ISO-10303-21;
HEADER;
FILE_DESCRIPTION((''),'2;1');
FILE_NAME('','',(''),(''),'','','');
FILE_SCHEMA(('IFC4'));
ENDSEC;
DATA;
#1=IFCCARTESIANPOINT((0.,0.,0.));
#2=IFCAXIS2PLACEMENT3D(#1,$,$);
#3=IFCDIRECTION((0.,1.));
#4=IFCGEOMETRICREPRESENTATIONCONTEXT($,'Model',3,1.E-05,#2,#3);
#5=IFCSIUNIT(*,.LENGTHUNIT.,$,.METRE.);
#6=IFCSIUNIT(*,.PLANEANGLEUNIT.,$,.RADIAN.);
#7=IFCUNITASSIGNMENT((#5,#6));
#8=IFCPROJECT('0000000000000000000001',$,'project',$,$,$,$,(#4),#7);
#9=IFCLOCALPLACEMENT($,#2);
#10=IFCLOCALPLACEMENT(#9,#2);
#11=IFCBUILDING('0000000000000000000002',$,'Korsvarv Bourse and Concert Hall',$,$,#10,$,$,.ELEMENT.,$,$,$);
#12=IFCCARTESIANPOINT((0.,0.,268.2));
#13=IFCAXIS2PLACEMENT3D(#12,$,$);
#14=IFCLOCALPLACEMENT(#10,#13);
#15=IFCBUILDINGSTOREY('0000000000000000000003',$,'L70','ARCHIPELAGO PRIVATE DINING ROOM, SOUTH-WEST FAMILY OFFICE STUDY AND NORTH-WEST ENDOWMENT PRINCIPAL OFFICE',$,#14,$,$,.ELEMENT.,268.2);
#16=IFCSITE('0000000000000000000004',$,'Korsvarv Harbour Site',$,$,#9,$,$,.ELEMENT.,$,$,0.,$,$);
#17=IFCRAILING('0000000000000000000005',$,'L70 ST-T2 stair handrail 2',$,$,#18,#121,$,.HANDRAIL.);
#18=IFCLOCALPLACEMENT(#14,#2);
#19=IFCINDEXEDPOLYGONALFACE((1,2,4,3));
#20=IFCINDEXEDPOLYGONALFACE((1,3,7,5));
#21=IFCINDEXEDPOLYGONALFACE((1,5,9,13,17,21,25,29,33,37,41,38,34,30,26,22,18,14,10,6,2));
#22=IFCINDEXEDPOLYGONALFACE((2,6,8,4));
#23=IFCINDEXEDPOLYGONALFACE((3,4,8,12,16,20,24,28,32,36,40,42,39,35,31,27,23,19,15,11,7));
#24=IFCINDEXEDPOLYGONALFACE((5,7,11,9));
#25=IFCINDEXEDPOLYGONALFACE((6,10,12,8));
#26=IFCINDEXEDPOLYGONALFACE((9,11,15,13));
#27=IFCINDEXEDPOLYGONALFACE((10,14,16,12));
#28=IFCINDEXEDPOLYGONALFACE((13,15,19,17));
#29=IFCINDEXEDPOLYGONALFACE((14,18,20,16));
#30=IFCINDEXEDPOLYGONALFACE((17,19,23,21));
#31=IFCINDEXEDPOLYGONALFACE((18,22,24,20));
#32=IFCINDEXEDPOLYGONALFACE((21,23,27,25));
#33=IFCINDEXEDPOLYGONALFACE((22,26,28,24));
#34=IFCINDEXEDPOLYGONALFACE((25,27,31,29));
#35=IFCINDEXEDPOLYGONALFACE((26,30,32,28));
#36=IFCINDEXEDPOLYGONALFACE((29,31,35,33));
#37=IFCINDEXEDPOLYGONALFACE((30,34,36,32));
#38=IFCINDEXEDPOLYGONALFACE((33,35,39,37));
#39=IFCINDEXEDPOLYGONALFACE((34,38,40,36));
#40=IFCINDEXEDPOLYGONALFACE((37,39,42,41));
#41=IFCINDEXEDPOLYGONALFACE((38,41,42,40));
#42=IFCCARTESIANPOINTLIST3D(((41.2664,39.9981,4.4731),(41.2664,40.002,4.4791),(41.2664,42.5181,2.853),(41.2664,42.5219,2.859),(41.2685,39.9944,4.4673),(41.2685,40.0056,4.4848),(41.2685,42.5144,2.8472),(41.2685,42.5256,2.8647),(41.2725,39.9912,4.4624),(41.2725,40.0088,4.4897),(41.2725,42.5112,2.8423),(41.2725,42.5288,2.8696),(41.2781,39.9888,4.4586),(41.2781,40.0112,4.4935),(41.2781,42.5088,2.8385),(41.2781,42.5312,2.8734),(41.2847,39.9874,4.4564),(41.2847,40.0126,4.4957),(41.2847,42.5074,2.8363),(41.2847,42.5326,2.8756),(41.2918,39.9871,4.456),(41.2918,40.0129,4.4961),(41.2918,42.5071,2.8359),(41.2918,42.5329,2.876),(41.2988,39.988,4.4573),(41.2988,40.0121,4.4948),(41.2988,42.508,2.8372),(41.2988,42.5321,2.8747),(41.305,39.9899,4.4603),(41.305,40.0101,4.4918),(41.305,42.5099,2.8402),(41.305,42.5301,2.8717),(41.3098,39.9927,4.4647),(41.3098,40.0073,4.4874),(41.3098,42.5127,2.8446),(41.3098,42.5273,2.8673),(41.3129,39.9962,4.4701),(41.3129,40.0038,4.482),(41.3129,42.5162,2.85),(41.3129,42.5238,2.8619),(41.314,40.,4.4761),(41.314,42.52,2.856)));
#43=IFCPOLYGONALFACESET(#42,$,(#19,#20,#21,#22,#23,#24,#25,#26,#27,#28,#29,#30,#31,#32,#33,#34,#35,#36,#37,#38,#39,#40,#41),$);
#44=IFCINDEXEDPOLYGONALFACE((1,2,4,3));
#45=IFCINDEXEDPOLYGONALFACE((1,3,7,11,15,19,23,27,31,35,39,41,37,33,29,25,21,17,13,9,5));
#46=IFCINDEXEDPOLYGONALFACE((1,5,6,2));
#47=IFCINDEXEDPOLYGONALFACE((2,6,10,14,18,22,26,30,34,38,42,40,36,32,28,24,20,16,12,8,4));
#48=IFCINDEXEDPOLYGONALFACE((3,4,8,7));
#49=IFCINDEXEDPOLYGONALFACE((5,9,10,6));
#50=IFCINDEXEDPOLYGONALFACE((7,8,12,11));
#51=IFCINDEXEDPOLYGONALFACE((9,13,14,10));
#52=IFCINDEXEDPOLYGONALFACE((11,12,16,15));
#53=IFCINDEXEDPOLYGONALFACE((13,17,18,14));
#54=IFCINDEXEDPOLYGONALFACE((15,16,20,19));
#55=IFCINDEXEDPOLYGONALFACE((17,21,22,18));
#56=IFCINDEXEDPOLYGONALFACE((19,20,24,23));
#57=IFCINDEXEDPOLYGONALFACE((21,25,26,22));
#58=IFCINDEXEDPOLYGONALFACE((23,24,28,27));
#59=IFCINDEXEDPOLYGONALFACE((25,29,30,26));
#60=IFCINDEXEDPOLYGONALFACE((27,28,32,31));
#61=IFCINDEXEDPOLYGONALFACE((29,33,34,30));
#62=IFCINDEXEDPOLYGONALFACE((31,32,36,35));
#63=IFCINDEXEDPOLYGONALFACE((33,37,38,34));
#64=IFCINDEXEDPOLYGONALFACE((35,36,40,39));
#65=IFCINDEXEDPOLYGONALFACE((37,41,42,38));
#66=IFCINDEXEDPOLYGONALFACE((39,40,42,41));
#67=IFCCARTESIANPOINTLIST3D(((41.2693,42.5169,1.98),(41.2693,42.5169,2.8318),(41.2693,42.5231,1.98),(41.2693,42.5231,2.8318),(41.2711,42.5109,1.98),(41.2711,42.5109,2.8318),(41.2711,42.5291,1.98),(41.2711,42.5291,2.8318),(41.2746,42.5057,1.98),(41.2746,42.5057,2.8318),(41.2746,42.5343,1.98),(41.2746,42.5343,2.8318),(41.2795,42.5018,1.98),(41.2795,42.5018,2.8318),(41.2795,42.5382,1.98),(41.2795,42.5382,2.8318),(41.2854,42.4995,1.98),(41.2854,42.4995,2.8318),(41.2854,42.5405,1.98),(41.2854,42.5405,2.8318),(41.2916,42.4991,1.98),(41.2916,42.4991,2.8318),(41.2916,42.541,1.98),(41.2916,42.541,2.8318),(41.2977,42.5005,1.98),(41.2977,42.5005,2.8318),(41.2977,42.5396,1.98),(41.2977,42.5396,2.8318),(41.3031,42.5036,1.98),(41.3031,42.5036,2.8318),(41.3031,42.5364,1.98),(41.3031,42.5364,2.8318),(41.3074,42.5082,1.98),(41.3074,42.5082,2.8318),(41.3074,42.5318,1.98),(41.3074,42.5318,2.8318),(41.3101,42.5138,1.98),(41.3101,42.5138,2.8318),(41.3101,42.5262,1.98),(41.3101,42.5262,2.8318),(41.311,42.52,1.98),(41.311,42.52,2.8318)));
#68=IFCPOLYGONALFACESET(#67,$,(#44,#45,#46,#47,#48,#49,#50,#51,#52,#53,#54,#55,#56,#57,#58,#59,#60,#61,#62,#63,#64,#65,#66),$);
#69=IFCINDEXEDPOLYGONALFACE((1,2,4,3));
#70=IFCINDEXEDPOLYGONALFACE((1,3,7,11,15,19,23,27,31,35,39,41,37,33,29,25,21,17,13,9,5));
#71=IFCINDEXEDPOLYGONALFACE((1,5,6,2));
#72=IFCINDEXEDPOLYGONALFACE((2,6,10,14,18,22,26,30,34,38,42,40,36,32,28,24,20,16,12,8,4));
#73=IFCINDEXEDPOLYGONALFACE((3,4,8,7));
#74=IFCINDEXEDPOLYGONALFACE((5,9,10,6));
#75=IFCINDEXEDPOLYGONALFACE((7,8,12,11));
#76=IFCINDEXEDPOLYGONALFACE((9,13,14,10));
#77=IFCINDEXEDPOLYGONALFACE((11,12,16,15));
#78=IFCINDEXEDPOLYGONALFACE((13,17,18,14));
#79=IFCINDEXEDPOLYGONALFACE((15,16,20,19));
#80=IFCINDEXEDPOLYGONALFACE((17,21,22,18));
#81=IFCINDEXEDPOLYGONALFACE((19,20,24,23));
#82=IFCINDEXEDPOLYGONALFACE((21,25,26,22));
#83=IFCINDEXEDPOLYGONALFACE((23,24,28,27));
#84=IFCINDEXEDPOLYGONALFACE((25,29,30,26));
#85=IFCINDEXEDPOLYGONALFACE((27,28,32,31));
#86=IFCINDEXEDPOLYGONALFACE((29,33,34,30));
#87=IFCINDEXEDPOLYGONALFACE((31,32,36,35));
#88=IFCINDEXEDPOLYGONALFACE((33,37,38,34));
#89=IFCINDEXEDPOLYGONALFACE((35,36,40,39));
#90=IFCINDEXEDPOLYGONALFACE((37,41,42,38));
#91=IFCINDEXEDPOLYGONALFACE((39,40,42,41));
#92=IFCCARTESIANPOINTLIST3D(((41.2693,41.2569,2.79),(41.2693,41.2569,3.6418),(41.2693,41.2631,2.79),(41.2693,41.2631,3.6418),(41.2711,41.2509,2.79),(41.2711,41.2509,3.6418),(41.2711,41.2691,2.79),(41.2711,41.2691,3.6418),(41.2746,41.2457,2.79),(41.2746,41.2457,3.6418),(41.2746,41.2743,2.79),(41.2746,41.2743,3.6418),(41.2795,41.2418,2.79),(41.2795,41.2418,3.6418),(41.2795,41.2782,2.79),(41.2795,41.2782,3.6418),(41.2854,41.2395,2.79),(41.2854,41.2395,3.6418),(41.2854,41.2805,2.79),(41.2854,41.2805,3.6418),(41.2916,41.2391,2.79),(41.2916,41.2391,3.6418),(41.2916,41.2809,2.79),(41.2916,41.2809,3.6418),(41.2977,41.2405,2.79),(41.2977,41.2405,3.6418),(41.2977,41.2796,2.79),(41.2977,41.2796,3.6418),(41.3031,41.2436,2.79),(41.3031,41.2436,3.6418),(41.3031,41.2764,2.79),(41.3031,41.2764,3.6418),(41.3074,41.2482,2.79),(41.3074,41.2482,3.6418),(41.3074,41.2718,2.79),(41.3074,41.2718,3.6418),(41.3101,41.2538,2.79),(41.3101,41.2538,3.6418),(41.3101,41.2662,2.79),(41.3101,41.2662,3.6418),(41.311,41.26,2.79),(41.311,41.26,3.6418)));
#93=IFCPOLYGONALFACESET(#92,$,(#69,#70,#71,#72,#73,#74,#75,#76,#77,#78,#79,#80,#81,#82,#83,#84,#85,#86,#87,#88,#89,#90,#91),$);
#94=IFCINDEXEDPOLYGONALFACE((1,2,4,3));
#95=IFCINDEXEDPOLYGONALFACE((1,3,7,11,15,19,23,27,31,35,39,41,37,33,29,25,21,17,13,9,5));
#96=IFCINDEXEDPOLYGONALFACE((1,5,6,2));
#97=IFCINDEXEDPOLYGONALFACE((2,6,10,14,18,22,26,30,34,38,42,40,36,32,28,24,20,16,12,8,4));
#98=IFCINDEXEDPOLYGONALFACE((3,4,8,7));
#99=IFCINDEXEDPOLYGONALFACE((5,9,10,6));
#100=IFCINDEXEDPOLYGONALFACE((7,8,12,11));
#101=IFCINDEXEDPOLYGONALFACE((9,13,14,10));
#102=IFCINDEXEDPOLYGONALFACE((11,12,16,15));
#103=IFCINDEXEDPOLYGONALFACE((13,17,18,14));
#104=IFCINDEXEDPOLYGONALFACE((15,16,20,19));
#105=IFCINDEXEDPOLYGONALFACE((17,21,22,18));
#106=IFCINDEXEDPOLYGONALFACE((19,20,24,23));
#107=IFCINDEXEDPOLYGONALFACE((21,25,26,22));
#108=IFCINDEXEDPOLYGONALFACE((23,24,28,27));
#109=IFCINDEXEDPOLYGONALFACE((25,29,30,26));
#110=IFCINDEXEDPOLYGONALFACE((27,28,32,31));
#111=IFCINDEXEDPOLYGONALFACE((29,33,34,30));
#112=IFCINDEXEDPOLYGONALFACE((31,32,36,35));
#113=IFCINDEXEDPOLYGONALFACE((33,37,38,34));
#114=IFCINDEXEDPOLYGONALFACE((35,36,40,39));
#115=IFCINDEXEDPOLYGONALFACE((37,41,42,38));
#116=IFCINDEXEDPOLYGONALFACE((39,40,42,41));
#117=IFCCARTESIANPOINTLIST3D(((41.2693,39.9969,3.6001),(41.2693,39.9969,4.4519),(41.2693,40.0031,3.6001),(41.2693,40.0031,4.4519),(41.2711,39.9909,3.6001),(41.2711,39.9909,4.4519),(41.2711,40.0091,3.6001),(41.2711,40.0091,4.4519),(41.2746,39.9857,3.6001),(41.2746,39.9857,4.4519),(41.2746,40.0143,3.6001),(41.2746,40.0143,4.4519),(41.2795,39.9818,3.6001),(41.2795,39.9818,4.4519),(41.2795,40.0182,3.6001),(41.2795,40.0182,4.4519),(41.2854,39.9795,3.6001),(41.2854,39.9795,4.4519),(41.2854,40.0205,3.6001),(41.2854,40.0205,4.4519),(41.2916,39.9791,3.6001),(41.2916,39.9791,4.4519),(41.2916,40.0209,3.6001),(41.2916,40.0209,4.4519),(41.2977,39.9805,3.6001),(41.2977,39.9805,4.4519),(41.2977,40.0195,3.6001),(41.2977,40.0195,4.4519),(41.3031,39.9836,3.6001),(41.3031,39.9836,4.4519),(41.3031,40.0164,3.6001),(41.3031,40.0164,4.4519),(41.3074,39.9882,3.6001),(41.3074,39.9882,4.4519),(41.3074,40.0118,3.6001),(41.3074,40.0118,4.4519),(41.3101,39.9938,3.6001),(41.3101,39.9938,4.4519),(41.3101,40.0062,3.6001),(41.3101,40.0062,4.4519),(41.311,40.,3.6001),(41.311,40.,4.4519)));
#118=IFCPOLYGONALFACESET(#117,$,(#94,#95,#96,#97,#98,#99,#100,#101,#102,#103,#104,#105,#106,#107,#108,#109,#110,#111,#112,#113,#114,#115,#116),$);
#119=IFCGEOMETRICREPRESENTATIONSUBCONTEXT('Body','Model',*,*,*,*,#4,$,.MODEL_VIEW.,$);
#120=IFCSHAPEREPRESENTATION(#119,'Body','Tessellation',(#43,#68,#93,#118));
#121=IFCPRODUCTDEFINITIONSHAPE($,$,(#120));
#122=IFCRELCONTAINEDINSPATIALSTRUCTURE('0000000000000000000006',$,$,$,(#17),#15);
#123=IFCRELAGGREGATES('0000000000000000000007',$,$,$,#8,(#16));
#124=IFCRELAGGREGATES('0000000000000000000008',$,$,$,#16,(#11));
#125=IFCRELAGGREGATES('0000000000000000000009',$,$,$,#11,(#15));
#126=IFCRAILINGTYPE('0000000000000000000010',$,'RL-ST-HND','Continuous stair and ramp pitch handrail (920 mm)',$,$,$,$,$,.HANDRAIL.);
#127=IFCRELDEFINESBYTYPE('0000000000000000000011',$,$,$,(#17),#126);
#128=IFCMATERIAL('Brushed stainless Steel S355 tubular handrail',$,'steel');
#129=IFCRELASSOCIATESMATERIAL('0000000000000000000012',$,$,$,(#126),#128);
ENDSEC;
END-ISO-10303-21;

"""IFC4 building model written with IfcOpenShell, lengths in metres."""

from ifc_helpers import new_model, si_unit, direction, frame, origin, origin_2d, place, context, subcontext, project, spatial, circle, extrude, material, type_object, element, save


model = new_model("IFC4")

# Units and contexts
model_context = context("Model", 3, precision=1e-05, world=origin(), true_north=direction((0.0, 1.0)))
body_context = subcontext(model_context, "Body", "Model", "MODEL_VIEW")
ifc_project = project(units=[si_unit("LENGTHUNIT", "METRE"), si_unit("PLANEANGLEUNIT", "RADIAN")], contexts=[model_context])

# Site, building, storey
site_placement = place(None, origin())
site = spatial("IfcSite", under=ifc_project, at=site_placement, Name="Korsvarv Harbour Site", CompositionType="ELEMENT", RefElevation=0.0)
building_placement = place(site_placement, origin())
building = spatial("IfcBuilding", under=site, at=building_placement, Name="Korsvarv Bourse and Concert Hall", CompositionType="ELEMENT")
storey_placement = place(building_placement, frame((0.0, 0.0, 268.2)))
storey = spatial("IfcBuildingStorey", under=building, at=storey_placement, Name="L70", Description="ARCHIPELAGO PRIVATE DINING ROOM, SOUTH-WEST FAMILY OFFICE STUDY AND NORTH-WEST ENDOWMENT PRINCIPAL OFFICE", CompositionType="ELEMENT", Elevation=268.2)

# Railing
ifc_material_1 = material(Name="Brushed stainless Steel S355 tubular handrail", Category="steel")
railing_type = type_object("IfcRailingType", Name="RL-ST-HND", Description="Continuous stair and ramp pitch handrail (920 mm)", PredefinedType="HANDRAIL", material=ifc_material_1)
railing_placement = place(storey_placement, frame((41.29, 42.52, 1.98)))
element("IfcRailing", 1, at=railing_placement, inside=storey, type_object=railing_type, Name="L70 ST-T2 stair handrail 2", PredefinedType="HANDRAIL", context=body_context, shape_type="SweptSolid", body=[
    extrude(circle(Radius=0.0239, at=origin_2d()), frame((0.0, 0.0, 0.876), z_axis=(0.0, -0.841163, 0.540782), x_axis=(1.0, 0.0, 0.0)), (0.0, 0.0, 1.0), 2.9958),
    extrude(circle(Radius=0.021, at=origin_2d()), origin(), (0.0, 0.0, 1.0), 0.8518),
    extrude(circle(Radius=0.021, at=origin_2d()), frame((0.0, -1.26, 0.8101)), (0.0, 0.0, 1.0), 0.8518),
    extrude(circle(Radius=0.021, at=origin_2d()), frame((0.0, -2.52, 1.6201)), (0.0, 0.0, 1.0), 0.8518),
])

save(model, "model.ifc")
